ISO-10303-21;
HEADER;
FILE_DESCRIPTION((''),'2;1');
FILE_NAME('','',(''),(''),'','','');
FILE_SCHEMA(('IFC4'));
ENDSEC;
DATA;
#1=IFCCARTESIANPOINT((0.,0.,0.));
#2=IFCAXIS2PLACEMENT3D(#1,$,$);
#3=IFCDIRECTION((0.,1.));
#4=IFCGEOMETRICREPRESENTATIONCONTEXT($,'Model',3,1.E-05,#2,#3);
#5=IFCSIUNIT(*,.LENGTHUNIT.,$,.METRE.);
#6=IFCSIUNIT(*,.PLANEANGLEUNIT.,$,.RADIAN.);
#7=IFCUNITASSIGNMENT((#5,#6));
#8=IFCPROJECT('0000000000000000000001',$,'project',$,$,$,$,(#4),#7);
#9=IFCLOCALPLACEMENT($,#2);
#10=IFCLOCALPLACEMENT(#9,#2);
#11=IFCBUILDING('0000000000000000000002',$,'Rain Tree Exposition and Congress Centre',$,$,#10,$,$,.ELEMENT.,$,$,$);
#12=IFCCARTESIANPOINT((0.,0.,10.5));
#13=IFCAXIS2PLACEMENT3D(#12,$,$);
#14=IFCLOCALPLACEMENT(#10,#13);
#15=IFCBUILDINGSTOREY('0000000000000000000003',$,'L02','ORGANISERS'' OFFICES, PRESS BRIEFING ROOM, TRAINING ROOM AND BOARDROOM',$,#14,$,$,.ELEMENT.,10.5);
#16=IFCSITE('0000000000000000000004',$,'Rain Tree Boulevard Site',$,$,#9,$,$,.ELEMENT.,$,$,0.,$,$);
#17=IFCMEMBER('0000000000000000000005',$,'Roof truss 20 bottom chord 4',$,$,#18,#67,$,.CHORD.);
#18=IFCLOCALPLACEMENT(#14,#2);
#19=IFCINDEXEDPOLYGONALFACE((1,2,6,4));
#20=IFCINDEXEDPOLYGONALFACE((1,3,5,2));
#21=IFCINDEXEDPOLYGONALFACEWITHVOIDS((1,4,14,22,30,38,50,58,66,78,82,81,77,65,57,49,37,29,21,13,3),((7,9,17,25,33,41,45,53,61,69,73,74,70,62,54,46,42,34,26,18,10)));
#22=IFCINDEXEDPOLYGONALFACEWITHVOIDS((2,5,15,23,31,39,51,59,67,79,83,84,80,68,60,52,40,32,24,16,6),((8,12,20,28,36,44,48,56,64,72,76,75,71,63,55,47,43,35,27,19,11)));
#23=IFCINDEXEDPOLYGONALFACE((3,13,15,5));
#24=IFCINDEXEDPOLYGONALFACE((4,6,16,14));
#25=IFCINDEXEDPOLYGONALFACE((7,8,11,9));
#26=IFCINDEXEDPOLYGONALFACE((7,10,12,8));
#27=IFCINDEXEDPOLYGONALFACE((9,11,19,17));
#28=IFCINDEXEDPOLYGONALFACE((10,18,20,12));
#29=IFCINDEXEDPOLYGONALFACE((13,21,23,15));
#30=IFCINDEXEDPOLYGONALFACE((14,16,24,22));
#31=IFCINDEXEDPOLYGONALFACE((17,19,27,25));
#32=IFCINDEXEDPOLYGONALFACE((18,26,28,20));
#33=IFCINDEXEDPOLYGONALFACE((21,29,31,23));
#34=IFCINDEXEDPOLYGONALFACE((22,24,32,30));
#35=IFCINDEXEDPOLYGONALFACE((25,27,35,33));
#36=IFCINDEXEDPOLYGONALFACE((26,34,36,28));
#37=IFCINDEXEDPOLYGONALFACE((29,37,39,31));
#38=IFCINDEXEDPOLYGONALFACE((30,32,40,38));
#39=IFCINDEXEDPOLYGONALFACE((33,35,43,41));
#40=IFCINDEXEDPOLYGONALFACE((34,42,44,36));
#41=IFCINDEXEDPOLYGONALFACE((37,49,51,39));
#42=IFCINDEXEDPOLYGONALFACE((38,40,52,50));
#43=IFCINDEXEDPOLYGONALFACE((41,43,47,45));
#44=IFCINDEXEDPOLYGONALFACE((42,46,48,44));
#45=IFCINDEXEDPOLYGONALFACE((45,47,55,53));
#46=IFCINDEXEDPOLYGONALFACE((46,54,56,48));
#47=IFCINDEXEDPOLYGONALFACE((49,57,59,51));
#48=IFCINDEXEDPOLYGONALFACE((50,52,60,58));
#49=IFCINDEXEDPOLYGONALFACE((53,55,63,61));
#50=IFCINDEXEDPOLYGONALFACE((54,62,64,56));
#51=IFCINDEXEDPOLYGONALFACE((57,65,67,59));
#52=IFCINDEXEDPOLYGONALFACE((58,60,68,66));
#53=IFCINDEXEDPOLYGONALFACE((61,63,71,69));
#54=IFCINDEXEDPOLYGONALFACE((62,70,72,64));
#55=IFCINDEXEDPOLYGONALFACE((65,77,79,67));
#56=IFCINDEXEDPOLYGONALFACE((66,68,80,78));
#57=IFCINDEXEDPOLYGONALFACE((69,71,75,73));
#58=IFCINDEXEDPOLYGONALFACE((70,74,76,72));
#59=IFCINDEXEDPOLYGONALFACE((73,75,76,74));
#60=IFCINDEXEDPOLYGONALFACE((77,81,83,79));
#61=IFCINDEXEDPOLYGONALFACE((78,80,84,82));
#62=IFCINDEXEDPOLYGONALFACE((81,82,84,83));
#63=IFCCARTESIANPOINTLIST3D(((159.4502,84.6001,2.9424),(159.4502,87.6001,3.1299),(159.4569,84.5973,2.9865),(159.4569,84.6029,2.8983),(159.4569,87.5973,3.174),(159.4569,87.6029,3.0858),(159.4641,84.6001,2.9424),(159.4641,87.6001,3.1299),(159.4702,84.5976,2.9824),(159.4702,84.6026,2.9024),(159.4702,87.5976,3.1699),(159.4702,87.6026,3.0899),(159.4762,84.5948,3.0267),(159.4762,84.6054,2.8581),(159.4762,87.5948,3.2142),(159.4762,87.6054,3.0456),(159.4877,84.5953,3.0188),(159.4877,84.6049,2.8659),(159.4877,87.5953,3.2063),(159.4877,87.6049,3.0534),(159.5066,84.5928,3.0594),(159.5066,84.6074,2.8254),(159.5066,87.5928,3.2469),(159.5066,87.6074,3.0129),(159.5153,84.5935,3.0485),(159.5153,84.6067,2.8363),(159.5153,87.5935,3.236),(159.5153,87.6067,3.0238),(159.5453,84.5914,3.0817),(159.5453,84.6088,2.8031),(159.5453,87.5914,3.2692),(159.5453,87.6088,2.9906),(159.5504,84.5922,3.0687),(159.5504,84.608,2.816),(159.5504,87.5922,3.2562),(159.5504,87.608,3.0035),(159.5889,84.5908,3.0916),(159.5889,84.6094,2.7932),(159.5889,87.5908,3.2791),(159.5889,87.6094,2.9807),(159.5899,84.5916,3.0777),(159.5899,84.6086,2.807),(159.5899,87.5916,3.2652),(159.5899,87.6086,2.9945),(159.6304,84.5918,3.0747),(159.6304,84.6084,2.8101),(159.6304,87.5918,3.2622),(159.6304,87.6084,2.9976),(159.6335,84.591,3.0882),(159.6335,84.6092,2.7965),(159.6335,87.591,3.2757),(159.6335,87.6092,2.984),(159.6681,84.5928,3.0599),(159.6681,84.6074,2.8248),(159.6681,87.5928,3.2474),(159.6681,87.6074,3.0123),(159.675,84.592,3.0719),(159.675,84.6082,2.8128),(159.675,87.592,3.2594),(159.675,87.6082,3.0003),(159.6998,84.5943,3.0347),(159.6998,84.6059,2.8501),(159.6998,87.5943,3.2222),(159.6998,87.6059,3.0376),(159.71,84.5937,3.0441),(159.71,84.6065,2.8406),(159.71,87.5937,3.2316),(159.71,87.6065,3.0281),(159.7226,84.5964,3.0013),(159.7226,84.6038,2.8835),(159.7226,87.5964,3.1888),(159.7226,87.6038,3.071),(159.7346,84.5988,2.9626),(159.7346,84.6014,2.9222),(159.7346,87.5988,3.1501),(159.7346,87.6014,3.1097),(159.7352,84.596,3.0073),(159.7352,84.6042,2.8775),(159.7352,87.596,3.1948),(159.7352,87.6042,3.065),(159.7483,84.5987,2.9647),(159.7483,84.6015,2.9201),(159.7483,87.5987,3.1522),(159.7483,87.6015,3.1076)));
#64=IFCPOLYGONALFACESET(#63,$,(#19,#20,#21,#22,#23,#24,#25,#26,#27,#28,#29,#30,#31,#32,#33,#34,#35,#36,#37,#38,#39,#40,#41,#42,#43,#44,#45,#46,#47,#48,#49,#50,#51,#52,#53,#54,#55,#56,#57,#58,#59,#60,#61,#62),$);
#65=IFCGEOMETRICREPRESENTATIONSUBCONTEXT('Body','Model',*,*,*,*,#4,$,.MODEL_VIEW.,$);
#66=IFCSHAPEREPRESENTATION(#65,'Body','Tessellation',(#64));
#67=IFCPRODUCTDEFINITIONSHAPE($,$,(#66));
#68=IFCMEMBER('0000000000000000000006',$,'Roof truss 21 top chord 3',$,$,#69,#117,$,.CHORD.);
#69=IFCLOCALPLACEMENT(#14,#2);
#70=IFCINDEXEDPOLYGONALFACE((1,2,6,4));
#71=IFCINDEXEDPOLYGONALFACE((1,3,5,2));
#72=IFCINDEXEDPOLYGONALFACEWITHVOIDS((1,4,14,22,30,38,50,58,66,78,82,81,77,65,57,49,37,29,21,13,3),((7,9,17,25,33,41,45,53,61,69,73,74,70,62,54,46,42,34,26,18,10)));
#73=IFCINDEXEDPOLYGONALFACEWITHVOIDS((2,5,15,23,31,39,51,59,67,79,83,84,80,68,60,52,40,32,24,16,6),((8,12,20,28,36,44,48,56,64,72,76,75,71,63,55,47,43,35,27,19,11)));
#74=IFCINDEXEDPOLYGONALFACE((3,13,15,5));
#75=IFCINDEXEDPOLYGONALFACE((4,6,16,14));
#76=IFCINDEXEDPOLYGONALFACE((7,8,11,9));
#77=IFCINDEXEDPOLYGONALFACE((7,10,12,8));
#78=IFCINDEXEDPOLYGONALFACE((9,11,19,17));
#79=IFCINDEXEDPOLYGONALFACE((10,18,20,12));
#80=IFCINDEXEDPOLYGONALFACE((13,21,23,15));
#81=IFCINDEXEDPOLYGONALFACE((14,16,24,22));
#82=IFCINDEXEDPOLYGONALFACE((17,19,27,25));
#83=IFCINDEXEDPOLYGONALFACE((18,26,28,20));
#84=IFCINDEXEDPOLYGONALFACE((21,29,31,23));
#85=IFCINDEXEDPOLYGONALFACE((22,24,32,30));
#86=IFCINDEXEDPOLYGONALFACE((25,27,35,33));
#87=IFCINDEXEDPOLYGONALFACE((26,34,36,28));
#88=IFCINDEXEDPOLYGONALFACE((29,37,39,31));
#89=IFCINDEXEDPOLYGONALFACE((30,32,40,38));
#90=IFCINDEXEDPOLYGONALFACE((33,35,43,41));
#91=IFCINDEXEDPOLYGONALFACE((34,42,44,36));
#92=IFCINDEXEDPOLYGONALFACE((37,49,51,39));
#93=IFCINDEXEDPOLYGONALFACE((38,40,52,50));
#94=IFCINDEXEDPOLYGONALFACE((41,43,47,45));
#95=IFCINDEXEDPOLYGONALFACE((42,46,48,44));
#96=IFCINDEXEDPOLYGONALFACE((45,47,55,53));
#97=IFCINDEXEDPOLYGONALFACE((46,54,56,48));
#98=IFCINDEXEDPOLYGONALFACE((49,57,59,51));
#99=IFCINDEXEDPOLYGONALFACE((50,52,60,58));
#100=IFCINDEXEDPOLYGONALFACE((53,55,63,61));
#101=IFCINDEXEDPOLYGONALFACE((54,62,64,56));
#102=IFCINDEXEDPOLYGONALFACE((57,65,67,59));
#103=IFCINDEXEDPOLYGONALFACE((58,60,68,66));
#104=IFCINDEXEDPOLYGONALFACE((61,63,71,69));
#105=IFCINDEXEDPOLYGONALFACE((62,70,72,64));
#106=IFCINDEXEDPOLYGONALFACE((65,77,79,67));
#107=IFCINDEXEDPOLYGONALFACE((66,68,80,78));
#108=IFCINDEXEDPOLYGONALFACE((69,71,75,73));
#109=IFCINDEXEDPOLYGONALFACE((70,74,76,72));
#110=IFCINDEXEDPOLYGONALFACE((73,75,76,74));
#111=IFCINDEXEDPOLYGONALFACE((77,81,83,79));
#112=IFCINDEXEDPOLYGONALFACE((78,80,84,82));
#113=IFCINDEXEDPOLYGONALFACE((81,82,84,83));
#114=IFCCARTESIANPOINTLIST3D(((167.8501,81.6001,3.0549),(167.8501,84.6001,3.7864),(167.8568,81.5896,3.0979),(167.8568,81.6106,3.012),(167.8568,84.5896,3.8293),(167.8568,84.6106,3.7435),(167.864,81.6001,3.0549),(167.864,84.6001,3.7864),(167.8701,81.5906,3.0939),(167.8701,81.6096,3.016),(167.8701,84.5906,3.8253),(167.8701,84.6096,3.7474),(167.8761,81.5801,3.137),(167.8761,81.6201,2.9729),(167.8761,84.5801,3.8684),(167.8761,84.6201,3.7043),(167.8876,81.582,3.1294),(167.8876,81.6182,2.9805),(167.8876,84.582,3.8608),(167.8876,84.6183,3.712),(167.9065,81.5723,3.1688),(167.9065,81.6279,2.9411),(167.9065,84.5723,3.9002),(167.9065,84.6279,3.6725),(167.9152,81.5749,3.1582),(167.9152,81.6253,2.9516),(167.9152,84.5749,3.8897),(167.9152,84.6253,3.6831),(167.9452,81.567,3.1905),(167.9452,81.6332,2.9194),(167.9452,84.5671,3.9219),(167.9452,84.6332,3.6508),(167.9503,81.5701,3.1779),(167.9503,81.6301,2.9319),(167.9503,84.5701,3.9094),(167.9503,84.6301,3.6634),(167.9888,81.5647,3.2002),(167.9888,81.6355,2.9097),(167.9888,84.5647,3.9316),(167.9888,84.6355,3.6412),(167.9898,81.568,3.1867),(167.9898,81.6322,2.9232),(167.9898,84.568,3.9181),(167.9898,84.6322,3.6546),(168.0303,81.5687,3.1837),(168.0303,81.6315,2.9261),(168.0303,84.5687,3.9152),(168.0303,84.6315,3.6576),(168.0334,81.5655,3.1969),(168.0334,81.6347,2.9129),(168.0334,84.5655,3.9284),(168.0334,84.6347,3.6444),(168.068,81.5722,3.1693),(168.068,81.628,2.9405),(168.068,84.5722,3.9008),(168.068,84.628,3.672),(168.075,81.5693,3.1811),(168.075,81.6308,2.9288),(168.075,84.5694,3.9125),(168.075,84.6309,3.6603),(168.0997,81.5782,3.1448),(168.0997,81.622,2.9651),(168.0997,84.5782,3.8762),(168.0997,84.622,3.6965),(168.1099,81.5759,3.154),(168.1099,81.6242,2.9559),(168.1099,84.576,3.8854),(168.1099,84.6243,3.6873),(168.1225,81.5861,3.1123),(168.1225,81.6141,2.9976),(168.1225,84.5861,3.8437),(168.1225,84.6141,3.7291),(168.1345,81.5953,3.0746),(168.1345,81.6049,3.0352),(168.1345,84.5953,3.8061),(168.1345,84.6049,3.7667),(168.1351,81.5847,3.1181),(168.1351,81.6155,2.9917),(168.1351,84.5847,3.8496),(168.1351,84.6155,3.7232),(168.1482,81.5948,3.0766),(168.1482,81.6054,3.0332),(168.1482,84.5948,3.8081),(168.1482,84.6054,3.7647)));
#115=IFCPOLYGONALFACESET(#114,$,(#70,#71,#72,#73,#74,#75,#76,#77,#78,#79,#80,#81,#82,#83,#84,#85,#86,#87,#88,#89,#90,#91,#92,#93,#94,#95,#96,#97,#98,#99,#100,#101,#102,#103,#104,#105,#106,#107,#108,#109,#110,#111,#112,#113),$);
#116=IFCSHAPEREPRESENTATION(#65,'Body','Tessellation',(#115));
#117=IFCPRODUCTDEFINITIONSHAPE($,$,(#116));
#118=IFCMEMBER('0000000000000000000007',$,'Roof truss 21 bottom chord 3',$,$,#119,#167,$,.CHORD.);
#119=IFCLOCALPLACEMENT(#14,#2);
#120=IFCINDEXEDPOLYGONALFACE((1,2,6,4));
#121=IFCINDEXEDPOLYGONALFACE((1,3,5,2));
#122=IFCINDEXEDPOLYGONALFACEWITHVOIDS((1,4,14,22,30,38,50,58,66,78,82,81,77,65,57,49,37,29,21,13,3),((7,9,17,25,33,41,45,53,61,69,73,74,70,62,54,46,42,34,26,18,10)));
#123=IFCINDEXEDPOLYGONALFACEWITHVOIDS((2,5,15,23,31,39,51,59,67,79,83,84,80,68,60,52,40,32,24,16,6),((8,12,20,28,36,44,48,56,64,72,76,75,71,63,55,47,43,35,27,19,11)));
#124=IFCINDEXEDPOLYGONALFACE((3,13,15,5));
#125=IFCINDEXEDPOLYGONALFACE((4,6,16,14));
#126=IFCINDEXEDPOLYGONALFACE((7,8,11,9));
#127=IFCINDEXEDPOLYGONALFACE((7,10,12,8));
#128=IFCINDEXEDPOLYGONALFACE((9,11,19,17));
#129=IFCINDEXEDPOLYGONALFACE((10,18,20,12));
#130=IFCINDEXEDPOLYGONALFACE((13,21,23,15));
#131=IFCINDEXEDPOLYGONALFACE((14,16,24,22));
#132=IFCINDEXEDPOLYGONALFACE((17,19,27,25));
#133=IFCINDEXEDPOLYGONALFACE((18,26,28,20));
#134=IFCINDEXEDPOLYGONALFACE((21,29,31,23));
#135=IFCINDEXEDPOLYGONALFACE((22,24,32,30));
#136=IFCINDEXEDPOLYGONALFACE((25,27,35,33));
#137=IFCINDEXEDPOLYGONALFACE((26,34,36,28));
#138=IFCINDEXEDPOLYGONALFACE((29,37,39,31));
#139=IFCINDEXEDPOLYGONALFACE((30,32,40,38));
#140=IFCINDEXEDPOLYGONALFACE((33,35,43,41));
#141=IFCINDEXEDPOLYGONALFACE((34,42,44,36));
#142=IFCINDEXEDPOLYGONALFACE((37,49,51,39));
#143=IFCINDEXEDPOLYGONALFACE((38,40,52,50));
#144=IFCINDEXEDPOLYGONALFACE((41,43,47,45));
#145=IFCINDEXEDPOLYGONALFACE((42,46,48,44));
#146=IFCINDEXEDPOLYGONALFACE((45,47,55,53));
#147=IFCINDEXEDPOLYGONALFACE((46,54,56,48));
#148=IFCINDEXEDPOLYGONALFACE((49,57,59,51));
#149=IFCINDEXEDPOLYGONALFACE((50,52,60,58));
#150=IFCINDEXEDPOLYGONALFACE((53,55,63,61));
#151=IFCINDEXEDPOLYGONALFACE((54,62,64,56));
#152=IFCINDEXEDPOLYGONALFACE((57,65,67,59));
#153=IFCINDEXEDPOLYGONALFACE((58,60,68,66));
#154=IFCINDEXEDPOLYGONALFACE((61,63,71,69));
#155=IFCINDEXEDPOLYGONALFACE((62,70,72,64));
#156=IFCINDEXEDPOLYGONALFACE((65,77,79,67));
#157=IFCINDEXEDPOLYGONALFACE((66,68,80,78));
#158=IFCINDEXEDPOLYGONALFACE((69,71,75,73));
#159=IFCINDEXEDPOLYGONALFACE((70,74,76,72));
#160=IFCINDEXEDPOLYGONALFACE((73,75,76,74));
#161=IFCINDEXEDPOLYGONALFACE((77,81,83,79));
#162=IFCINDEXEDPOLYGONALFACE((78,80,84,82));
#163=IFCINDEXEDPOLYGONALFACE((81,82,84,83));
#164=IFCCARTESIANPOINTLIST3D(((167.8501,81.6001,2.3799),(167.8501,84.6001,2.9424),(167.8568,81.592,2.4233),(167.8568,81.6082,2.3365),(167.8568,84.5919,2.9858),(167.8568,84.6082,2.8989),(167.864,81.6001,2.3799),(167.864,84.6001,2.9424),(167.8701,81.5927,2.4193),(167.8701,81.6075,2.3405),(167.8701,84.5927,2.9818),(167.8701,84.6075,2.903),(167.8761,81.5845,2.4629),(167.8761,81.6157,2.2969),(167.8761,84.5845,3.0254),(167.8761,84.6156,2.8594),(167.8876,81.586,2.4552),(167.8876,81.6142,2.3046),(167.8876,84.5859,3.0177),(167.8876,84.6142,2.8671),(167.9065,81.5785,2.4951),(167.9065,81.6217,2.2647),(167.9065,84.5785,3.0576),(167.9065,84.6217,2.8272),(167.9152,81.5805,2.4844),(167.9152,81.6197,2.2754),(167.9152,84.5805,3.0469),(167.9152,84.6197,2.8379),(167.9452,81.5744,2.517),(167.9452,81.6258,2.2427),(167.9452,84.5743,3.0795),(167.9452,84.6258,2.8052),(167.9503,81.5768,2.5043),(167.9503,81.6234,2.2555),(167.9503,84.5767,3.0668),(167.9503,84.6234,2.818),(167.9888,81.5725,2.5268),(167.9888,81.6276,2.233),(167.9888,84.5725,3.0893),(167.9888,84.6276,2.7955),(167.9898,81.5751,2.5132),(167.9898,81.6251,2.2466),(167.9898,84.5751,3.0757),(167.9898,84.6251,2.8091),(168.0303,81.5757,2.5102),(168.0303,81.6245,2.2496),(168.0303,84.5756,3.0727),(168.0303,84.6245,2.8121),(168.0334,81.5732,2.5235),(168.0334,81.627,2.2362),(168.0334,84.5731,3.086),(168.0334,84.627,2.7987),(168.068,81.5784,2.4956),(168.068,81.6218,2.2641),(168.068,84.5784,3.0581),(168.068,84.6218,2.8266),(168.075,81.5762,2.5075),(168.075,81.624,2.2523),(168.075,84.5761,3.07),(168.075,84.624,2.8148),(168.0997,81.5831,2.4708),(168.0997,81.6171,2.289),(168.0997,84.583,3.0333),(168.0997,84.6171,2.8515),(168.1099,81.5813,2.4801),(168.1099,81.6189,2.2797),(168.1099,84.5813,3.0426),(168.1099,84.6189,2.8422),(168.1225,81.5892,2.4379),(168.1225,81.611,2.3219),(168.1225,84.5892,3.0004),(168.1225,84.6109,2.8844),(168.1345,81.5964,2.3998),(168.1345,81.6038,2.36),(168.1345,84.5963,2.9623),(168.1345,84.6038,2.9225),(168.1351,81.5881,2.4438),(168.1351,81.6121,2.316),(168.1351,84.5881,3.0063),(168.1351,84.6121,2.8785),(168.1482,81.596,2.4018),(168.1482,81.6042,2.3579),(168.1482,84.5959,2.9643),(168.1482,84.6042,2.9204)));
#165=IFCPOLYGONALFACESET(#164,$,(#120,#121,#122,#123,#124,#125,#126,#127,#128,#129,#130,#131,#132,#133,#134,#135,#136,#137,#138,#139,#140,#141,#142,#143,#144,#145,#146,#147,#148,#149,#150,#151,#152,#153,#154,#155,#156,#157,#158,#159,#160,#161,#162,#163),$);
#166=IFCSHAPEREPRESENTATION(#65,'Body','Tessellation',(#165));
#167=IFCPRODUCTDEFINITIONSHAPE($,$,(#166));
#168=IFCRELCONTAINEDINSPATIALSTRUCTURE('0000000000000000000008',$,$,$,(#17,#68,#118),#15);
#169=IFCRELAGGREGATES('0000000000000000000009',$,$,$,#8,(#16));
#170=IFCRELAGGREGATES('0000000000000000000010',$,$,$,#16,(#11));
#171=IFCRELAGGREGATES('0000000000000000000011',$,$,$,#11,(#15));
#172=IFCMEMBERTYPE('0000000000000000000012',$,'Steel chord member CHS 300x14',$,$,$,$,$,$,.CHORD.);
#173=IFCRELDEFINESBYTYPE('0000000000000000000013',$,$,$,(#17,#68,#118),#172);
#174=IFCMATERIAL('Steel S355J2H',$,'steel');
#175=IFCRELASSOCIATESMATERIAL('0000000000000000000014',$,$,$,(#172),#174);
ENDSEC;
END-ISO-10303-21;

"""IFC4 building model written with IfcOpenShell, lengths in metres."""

from ifc_helpers import new_model, si_unit, direction, frame, origin, origin_2d, place, context, subcontext, project, spatial, hollow_circle, extrude, material, material_profile, profile_set, type_object, element, save


model = new_model("IFC4")

# Units and contexts
model_context = context("Model", 3, precision=1e-05, world=origin(), true_north=direction((0.0, 1.0)))
body_context = subcontext(model_context, "Body", "Model", "MODEL_VIEW")
ifc_project = project(units=[si_unit("LENGTHUNIT", "METRE"), si_unit("PLANEANGLEUNIT", "RADIAN")], contexts=[model_context])

# Site, building, storey
site_placement = place(None, origin())
site = spatial("IfcSite", under=ifc_project, at=site_placement, Name="Rain Tree Boulevard Site", CompositionType="ELEMENT", RefElevation=0.0)
building_placement = place(site_placement, origin())
building = spatial("IfcBuilding", under=site, at=building_placement, Name="Rain Tree Exposition and Congress Centre", CompositionType="ELEMENT")
storey_placement = place(building_placement, frame((0.0, 0.0, 10.5)))
storey = spatial("IfcBuildingStorey", under=building, at=storey_placement, Name="L02", Description="ORGANISERS' OFFICES, PRESS BRIEFING ROOM, TRAINING ROOM AND BOARDROOM", CompositionType="ELEMENT", Elevation=10.5)

# Members
ifc_material_1 = material(Name="Steel S355J2H", Category="steel")
ifc_material_profile_1 = material_profile(ifc_material_1, hollow_circle(Radius=0.1499, WallThickness=0.0139, at=origin_2d()), Name="CHS 300x14")
ifc_profile_set_1 = profile_set([ifc_material_profile_1], Name="Steel S355J2H")
member_type_1 = type_object("IfcMemberType", Name="Steel chord member CHS 300x14", PredefinedType="CHORD", material=ifc_profile_set_1)
member_1_placement = place(storey_placement, frame((159.6001, 84.6001, 2.9424), z_axis=(0.0, 0.998053, 0.062378), x_axis=(-1.0, 0.0, 0.0)))
element("IfcMember", 1, at=member_1_placement, inside=storey, type_object=member_type_1, Name="Roof truss 20 bottom chord 4", PredefinedType="CHORD", context=body_context, shape_type="SweptSolid", body=[
    extrude(hollow_circle(Radius=0.1499, WallThickness=0.0139, at=origin_2d()), origin(), (0.0, 0.0, 1.0), 3.0059),
])
member_2_placement = place(storey_placement, frame((168.0, 81.6001, 3.0549), z_axis=(0.0, 0.97154, 0.236876), x_axis=(-1.0, 0.0, 0.0)))
element("IfcMember", 2, at=member_2_placement, inside=storey, type_object=member_type_1, Name="Roof truss 21 top chord 3", PredefinedType="CHORD", context=body_context, shape_type="SweptSolid", body=[
    extrude(hollow_circle(Radius=0.1499, WallThickness=0.0139, at=origin_2d()), origin(), (0.0, 0.0, 1.0), 3.0879),
])
member_3_placement = place(storey_placement, frame((168.0, 81.6001, 2.3799), z_axis=(0.0, 0.982872, 0.184289), x_axis=(-1.0, 0.0, 0.0)))
element("IfcMember", 3, at=member_3_placement, inside=storey, type_object=member_type_1, Name="Roof truss 21 bottom chord 3", PredefinedType="CHORD", context=body_context, shape_type="SweptSolid", body=[
    extrude(hollow_circle(Radius=0.1499, WallThickness=0.0139, at=origin_2d()), origin(), (0.0, 0.0, 1.0), 3.0522),
])

save(model, "model.ifc")
